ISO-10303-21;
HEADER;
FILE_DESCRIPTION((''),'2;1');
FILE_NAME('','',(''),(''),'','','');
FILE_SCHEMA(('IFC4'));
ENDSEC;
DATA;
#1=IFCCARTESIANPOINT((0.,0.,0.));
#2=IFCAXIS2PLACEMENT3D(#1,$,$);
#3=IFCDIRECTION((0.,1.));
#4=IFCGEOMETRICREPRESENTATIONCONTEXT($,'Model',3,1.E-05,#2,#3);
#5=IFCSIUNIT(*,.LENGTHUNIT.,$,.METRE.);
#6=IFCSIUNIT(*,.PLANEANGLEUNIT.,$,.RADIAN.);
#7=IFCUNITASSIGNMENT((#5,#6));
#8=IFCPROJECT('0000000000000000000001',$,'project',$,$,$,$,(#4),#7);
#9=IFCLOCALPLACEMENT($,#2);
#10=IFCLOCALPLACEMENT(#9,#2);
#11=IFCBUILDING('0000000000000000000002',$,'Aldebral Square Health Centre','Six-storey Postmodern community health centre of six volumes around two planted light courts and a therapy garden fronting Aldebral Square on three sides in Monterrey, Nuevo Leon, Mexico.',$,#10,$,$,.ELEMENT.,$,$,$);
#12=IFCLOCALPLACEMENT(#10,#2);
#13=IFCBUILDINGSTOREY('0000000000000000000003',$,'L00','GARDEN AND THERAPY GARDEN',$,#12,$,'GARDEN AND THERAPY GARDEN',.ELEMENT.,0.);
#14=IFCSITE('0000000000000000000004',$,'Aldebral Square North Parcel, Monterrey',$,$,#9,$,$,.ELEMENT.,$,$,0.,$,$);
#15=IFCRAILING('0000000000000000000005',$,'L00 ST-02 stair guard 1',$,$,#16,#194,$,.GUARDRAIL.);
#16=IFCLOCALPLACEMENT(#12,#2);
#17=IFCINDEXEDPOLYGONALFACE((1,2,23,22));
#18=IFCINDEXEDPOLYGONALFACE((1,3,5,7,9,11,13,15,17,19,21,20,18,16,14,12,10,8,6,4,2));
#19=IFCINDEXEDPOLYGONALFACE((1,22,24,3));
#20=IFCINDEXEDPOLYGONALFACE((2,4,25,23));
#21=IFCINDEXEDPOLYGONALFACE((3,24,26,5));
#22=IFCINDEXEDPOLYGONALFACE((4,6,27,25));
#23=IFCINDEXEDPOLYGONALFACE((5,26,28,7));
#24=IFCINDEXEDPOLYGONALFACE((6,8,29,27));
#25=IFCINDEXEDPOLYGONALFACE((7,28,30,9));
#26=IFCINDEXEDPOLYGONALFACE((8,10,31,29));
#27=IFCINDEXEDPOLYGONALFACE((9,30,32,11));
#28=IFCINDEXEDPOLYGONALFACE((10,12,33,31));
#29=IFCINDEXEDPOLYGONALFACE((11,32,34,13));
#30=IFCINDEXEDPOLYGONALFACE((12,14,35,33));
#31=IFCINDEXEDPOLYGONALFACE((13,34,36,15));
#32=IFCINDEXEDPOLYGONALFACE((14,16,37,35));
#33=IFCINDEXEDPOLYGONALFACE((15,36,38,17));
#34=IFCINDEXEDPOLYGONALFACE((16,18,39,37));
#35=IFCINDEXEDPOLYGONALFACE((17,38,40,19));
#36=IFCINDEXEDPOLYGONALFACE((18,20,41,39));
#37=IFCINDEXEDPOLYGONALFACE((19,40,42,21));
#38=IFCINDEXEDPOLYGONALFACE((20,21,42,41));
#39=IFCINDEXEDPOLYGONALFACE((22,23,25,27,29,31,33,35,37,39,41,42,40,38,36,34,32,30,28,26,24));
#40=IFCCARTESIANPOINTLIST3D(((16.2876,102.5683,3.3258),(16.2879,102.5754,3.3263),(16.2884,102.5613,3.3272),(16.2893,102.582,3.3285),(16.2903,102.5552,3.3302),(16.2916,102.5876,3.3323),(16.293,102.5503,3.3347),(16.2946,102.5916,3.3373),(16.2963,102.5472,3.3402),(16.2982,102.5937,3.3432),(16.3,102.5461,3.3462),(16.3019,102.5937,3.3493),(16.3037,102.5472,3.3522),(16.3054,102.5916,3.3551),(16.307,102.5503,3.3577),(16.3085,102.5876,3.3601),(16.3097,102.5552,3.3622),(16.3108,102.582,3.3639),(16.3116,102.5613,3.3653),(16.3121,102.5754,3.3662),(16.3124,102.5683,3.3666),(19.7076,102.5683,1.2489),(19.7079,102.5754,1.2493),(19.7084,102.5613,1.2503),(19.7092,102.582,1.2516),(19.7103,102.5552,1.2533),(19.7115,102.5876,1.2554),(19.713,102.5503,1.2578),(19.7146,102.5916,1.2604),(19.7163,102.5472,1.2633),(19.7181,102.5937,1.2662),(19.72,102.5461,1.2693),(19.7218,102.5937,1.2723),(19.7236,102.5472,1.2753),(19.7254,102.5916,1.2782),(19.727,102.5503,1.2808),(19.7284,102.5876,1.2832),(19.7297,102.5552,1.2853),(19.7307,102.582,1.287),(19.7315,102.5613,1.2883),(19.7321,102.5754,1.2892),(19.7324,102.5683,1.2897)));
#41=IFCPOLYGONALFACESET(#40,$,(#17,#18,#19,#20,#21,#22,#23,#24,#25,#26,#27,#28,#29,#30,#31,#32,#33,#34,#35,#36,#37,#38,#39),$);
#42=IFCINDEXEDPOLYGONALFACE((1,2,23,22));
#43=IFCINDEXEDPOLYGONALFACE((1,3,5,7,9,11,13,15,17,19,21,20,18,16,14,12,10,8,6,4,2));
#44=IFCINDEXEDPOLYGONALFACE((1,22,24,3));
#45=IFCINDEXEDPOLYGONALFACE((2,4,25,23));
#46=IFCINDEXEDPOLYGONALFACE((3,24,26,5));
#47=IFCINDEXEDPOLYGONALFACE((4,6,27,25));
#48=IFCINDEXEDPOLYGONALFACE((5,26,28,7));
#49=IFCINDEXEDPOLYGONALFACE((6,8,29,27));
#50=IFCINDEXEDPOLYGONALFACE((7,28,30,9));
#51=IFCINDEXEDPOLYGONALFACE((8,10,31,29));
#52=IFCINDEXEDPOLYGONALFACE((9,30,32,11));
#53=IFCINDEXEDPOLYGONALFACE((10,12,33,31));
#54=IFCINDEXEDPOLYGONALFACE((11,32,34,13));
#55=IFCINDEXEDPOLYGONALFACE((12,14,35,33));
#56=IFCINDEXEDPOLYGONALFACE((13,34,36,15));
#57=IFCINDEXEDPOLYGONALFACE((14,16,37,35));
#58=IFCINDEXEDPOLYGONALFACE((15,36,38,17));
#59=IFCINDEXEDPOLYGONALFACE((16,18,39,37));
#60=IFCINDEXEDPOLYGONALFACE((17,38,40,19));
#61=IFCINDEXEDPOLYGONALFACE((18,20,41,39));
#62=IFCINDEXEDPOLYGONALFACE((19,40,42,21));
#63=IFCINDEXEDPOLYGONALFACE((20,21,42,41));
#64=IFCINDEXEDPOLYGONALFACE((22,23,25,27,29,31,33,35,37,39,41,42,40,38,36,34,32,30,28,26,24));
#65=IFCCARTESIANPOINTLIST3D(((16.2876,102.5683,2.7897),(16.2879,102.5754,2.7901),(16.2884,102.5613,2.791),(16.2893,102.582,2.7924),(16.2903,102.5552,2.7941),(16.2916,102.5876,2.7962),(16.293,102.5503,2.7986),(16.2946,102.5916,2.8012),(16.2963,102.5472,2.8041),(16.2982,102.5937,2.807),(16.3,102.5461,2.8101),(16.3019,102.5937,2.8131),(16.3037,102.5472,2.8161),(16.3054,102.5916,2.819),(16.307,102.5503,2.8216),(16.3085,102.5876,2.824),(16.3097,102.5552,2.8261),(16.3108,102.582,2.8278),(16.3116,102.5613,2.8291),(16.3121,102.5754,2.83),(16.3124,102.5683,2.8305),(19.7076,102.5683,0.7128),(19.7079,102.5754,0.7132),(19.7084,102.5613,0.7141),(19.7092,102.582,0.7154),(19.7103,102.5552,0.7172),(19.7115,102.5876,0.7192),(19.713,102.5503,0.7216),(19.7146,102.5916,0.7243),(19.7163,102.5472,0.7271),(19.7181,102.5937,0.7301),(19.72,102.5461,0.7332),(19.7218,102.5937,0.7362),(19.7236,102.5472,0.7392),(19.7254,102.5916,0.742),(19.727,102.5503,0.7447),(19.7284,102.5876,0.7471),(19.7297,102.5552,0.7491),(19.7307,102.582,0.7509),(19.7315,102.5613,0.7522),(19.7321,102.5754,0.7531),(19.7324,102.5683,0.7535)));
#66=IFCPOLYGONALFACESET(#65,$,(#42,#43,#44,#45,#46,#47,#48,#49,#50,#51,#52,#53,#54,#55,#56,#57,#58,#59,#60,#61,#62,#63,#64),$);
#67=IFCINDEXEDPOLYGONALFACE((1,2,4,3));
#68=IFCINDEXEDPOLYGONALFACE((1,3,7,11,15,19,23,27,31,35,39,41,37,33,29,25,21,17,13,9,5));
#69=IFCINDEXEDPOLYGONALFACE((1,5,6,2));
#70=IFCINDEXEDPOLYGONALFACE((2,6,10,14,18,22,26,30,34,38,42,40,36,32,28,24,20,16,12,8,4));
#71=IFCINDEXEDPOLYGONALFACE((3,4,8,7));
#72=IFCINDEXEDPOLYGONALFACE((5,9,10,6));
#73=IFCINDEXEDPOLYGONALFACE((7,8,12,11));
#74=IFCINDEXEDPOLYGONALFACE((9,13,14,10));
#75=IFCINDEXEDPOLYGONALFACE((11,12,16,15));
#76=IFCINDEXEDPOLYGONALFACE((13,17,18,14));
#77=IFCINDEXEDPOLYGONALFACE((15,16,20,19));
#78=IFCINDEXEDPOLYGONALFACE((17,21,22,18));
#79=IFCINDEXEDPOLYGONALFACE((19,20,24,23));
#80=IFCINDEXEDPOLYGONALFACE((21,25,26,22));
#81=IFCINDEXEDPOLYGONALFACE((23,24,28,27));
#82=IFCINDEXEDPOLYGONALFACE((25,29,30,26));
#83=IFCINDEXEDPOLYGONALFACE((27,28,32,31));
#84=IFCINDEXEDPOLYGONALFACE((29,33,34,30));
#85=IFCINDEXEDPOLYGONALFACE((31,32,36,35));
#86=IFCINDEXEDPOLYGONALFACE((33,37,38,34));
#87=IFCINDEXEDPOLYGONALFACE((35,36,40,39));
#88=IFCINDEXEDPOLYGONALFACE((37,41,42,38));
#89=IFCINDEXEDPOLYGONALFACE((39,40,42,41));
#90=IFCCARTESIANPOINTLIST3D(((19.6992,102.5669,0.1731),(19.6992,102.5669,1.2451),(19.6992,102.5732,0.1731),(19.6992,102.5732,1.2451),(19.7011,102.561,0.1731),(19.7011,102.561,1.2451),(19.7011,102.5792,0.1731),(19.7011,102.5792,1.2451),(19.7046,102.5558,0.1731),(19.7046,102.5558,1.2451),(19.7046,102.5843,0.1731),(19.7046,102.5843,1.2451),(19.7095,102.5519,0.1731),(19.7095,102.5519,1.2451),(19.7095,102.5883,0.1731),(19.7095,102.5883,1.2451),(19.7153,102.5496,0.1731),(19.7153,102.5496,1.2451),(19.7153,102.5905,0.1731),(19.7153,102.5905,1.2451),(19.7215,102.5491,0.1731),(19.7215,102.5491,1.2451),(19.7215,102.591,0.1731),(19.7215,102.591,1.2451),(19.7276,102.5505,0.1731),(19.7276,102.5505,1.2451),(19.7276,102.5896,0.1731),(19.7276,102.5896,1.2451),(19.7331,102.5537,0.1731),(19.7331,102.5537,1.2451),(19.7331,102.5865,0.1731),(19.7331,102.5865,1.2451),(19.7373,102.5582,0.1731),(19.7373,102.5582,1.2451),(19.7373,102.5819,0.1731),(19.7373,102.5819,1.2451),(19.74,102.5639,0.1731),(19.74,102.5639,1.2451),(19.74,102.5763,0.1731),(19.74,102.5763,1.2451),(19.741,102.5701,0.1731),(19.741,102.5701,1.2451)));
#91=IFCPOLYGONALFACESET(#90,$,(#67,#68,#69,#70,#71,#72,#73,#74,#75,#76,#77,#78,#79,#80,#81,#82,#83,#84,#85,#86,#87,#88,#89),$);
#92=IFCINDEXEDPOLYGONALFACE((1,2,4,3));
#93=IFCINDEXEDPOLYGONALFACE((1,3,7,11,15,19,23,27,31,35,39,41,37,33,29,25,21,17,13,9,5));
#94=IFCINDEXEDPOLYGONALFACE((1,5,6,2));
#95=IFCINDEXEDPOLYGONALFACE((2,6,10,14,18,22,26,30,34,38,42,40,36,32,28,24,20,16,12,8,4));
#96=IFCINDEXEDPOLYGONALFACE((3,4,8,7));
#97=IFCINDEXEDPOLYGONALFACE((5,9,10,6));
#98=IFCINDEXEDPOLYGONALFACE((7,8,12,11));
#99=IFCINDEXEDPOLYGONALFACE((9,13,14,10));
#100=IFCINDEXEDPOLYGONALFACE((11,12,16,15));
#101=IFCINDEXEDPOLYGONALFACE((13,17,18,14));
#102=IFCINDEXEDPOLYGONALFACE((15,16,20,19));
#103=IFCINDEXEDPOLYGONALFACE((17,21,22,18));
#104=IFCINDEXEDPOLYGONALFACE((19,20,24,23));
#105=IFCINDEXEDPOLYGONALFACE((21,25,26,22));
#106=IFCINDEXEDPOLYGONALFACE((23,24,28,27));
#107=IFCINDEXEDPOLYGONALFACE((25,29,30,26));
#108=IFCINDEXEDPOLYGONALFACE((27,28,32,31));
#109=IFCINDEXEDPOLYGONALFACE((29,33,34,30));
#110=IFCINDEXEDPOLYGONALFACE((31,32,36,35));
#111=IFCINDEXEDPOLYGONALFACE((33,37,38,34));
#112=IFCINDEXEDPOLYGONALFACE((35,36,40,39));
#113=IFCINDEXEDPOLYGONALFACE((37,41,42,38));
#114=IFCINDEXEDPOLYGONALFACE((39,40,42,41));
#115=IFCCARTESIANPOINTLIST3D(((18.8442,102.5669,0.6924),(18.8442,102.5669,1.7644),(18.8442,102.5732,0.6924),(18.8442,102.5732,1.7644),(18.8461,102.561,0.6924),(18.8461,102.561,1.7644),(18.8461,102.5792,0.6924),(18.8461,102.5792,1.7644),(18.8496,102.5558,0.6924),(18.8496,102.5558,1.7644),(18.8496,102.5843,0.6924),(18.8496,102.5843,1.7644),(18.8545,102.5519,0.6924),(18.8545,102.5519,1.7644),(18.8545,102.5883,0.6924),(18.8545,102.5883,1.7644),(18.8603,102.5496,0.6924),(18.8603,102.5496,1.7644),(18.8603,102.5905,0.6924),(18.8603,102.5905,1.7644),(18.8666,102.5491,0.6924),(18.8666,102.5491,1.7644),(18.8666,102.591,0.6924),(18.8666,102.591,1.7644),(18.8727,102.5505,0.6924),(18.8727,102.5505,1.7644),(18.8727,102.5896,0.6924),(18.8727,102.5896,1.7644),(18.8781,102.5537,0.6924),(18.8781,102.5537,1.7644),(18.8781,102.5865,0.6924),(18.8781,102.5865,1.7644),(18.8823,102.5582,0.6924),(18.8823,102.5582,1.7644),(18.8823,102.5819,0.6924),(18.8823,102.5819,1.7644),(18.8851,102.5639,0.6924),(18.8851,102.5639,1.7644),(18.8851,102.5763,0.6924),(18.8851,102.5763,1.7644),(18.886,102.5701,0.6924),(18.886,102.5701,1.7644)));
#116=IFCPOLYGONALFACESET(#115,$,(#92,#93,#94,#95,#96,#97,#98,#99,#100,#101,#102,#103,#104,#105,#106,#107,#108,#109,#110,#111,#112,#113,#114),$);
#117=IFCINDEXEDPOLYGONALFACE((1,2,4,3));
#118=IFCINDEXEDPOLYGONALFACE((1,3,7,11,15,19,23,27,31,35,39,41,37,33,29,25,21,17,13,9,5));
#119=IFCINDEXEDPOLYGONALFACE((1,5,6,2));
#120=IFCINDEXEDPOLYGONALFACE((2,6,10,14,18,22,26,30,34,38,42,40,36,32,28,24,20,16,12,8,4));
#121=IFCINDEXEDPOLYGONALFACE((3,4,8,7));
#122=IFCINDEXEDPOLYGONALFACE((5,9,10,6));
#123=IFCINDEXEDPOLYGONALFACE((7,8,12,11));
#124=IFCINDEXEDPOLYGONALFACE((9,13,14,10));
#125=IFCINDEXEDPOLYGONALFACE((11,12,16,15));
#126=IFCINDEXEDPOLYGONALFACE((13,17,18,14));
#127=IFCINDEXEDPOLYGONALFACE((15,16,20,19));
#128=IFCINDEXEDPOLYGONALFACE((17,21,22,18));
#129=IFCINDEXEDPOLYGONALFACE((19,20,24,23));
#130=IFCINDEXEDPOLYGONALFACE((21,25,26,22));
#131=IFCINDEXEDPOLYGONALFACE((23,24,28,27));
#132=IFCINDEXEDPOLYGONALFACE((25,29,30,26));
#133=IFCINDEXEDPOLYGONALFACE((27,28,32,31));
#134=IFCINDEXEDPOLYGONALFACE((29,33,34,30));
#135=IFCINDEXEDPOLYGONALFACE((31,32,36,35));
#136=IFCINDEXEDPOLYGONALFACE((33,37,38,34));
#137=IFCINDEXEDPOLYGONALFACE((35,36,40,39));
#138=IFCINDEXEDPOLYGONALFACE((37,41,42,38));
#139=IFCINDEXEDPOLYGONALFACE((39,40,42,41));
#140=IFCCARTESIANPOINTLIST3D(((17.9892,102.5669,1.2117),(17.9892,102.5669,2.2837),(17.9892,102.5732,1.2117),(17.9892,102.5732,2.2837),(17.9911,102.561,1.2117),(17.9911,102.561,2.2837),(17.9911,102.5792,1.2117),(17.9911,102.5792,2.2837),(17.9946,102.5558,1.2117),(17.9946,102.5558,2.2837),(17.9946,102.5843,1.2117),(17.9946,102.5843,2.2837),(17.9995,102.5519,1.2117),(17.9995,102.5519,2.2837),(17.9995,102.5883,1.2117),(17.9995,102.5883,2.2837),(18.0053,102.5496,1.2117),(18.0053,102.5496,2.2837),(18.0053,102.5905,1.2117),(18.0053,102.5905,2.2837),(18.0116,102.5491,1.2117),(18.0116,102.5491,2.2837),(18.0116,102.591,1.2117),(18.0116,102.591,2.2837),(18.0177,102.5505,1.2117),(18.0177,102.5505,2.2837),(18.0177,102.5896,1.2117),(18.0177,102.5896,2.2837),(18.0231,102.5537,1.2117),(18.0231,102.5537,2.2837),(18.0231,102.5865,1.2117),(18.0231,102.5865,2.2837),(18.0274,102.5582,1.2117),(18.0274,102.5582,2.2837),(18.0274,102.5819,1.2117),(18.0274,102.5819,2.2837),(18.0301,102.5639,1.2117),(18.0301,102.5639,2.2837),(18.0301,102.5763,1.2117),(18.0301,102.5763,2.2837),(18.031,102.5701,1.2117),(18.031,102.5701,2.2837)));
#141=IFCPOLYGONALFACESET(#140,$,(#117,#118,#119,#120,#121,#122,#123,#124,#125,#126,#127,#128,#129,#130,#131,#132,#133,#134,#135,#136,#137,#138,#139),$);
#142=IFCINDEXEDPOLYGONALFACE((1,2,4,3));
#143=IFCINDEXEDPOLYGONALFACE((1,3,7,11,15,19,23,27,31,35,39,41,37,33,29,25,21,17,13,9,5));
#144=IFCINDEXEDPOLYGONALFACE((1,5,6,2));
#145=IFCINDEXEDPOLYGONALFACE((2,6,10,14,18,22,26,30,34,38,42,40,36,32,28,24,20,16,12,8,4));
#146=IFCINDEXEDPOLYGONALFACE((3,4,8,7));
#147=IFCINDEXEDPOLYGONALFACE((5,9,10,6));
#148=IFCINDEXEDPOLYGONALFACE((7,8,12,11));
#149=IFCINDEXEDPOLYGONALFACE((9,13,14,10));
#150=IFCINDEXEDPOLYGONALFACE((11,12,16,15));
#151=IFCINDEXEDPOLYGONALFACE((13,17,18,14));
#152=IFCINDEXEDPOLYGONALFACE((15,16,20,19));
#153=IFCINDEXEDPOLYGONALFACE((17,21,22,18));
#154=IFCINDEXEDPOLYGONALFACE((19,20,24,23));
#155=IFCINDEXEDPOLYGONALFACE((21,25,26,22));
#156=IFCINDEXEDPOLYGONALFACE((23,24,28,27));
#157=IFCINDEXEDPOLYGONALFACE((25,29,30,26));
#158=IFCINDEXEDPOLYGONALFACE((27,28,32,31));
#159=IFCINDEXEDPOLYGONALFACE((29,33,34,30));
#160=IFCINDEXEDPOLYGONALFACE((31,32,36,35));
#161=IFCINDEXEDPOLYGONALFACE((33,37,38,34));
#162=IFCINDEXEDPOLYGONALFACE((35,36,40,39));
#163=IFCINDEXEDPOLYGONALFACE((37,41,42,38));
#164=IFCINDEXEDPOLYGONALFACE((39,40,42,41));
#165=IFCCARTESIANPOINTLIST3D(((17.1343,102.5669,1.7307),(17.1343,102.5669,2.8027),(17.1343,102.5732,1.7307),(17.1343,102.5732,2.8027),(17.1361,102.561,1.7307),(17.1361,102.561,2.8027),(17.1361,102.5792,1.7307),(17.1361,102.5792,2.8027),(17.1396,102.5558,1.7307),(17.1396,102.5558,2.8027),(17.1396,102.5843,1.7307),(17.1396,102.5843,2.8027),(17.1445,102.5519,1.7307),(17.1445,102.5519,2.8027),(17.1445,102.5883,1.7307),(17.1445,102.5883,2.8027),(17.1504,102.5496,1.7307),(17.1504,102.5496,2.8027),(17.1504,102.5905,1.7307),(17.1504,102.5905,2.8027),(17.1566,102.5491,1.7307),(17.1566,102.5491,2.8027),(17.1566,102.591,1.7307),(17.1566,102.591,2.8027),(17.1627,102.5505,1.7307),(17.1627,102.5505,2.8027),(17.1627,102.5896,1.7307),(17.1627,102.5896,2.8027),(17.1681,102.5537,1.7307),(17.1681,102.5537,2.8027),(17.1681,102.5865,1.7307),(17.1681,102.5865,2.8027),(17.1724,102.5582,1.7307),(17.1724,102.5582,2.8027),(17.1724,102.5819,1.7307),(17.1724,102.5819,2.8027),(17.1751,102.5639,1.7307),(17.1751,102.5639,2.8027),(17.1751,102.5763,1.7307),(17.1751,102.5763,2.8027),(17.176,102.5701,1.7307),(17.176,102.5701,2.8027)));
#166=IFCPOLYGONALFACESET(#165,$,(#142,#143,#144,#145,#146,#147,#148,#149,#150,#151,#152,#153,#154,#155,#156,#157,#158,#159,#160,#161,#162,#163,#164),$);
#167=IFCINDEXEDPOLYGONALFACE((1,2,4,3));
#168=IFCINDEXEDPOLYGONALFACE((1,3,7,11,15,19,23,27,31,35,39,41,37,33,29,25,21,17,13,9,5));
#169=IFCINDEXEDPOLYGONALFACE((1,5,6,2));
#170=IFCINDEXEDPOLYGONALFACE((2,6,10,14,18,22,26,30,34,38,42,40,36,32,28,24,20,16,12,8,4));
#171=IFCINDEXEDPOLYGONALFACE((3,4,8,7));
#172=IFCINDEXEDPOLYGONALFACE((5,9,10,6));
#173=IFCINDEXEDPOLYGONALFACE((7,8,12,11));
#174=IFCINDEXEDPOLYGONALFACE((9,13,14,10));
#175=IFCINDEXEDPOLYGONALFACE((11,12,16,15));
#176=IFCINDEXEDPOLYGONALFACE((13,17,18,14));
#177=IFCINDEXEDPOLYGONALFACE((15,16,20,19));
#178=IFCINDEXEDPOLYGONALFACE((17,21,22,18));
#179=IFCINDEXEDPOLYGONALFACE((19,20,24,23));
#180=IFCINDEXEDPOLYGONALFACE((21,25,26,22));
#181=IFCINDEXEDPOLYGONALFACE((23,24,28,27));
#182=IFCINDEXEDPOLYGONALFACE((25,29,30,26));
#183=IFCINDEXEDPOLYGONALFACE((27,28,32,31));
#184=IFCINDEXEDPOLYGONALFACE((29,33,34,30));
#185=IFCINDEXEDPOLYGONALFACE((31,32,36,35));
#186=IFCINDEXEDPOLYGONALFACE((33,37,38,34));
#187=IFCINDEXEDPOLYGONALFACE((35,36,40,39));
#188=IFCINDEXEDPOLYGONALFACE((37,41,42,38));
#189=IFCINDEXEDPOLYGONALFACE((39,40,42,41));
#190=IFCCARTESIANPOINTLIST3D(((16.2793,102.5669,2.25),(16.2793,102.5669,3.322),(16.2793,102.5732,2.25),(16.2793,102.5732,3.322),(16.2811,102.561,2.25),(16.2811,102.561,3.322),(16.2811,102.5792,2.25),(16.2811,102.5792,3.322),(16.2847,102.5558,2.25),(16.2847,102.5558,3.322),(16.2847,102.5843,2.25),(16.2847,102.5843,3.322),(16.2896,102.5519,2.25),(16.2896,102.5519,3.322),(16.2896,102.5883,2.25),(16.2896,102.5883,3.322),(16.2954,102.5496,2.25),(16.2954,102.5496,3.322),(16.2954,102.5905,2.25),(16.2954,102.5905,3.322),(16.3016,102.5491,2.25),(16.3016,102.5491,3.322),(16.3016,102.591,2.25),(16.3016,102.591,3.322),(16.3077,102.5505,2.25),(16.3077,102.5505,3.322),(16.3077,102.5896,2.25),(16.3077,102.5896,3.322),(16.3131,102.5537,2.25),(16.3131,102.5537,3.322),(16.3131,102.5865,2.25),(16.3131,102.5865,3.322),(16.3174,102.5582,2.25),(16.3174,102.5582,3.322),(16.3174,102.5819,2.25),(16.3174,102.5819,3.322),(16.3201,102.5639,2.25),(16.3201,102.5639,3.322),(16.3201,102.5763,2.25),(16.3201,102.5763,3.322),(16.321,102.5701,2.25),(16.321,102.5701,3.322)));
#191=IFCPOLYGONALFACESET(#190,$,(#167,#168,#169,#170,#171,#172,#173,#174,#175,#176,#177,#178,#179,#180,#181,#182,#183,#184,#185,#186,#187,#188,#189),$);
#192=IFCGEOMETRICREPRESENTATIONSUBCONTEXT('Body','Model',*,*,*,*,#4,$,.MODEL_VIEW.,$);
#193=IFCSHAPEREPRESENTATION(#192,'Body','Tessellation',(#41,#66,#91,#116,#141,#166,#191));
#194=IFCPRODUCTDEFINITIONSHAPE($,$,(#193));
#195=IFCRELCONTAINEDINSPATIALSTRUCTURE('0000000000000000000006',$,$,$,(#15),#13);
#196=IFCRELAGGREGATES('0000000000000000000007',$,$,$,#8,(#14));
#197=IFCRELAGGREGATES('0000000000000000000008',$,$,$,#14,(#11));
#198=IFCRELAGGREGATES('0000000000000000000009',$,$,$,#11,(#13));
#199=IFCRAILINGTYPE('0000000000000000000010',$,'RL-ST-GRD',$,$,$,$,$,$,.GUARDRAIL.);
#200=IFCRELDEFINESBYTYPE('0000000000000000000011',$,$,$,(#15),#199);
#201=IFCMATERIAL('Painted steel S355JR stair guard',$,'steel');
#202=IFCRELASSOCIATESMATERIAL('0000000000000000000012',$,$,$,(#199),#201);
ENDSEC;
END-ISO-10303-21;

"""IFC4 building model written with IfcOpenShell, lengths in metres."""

from ifc_helpers import new_model, si_unit, direction, frame, origin, origin_2d, place, context, subcontext, project, spatial, circle, extrude, material, type_object, element, save


model = new_model("IFC4")

# Units and contexts
model_context = context("Model", 3, precision=1e-05, world=origin(), true_north=direction((0.0, 1.0)))
body_context = subcontext(model_context, "Body", "Model", "MODEL_VIEW")
ifc_project = project(units=[si_unit("LENGTHUNIT", "METRE"), si_unit("PLANEANGLEUNIT", "RADIAN")], contexts=[model_context])

# Site, building, storey
site_placement = place(None, origin())
site = spatial("IfcSite", under=ifc_project, at=site_placement, Name="Aldebral Square North Parcel, Monterrey", CompositionType="ELEMENT", RefElevation=0.0)
building_placement = place(site_placement, origin())
building = spatial("IfcBuilding", under=site, at=building_placement, Name="Aldebral Square Health Centre", Description="Six-storey Postmodern community health centre of six volumes around two planted light courts and a therapy garden fronting Aldebral Square on three sides in Monterrey, Nuevo Leon, Mexico.", CompositionType="ELEMENT")
storey_placement = place(building_placement, origin())
storey = spatial("IfcBuildingStorey", under=building, at=storey_placement, Name="L00", Description="GARDEN AND THERAPY GARDEN", LongName="GARDEN AND THERAPY GARDEN", CompositionType="ELEMENT", Elevation=0.0)

# Railing
ifc_material_1 = material(Name="Painted steel S355JR stair guard", Category="steel")
railing_type_1 = type_object("IfcRailingType", Name="RL-ST-GRD", PredefinedType="GUARDRAIL", material=ifc_material_1)
railing_1_placement = place(storey_placement, frame((19.72, 102.5701, 0.1731)))
element("IfcRailing", 1, at=railing_1_placement, inside=storey, type_object=railing_type_1, Name="L00 ST-02 stair guard 1", PredefinedType="GUARDRAIL", context=body_context, shape_type="SweptSolid", body=[
    extrude(circle(Radius=0.0239, at=origin_2d()), frame((0.0, 0.0, 1.0962), z_axis=(-0.85473, 0.0, 0.519074), x_axis=(0.0, -1.0, 0.0)), (0.0, 0.0, 1.0), 4.0012),
    extrude(circle(Radius=0.0239, at=origin_2d()), frame((0.0, 0.0, 0.5601), z_axis=(-0.85473, 0.0, 0.519074), x_axis=(0.0, -1.0, 0.0)), (0.0, 0.0, 1.0), 4.0012),
    extrude(circle(Radius=0.021, at=origin_2d()), origin(), (0.0, 0.0, 1.0), 1.072),
    extrude(circle(Radius=0.021, at=origin_2d()), frame((-0.855, 0.0, 0.5193)), (0.0, 0.0, 1.0), 1.072),
    extrude(circle(Radius=0.021, at=origin_2d()), frame((-1.71, 0.0, 1.0386)), (0.0, 0.0, 1.0), 1.072),
    extrude(circle(Radius=0.021, at=origin_2d()), frame((-2.5649, 0.0, 1.5576)), (0.0, 0.0, 1.0), 1.072),
    extrude(circle(Radius=0.021, at=origin_2d()), frame((-3.4199, 0.0, 2.0769)), (0.0, 0.0, 1.0), 1.072),
])

save(model, "model.ifc")
